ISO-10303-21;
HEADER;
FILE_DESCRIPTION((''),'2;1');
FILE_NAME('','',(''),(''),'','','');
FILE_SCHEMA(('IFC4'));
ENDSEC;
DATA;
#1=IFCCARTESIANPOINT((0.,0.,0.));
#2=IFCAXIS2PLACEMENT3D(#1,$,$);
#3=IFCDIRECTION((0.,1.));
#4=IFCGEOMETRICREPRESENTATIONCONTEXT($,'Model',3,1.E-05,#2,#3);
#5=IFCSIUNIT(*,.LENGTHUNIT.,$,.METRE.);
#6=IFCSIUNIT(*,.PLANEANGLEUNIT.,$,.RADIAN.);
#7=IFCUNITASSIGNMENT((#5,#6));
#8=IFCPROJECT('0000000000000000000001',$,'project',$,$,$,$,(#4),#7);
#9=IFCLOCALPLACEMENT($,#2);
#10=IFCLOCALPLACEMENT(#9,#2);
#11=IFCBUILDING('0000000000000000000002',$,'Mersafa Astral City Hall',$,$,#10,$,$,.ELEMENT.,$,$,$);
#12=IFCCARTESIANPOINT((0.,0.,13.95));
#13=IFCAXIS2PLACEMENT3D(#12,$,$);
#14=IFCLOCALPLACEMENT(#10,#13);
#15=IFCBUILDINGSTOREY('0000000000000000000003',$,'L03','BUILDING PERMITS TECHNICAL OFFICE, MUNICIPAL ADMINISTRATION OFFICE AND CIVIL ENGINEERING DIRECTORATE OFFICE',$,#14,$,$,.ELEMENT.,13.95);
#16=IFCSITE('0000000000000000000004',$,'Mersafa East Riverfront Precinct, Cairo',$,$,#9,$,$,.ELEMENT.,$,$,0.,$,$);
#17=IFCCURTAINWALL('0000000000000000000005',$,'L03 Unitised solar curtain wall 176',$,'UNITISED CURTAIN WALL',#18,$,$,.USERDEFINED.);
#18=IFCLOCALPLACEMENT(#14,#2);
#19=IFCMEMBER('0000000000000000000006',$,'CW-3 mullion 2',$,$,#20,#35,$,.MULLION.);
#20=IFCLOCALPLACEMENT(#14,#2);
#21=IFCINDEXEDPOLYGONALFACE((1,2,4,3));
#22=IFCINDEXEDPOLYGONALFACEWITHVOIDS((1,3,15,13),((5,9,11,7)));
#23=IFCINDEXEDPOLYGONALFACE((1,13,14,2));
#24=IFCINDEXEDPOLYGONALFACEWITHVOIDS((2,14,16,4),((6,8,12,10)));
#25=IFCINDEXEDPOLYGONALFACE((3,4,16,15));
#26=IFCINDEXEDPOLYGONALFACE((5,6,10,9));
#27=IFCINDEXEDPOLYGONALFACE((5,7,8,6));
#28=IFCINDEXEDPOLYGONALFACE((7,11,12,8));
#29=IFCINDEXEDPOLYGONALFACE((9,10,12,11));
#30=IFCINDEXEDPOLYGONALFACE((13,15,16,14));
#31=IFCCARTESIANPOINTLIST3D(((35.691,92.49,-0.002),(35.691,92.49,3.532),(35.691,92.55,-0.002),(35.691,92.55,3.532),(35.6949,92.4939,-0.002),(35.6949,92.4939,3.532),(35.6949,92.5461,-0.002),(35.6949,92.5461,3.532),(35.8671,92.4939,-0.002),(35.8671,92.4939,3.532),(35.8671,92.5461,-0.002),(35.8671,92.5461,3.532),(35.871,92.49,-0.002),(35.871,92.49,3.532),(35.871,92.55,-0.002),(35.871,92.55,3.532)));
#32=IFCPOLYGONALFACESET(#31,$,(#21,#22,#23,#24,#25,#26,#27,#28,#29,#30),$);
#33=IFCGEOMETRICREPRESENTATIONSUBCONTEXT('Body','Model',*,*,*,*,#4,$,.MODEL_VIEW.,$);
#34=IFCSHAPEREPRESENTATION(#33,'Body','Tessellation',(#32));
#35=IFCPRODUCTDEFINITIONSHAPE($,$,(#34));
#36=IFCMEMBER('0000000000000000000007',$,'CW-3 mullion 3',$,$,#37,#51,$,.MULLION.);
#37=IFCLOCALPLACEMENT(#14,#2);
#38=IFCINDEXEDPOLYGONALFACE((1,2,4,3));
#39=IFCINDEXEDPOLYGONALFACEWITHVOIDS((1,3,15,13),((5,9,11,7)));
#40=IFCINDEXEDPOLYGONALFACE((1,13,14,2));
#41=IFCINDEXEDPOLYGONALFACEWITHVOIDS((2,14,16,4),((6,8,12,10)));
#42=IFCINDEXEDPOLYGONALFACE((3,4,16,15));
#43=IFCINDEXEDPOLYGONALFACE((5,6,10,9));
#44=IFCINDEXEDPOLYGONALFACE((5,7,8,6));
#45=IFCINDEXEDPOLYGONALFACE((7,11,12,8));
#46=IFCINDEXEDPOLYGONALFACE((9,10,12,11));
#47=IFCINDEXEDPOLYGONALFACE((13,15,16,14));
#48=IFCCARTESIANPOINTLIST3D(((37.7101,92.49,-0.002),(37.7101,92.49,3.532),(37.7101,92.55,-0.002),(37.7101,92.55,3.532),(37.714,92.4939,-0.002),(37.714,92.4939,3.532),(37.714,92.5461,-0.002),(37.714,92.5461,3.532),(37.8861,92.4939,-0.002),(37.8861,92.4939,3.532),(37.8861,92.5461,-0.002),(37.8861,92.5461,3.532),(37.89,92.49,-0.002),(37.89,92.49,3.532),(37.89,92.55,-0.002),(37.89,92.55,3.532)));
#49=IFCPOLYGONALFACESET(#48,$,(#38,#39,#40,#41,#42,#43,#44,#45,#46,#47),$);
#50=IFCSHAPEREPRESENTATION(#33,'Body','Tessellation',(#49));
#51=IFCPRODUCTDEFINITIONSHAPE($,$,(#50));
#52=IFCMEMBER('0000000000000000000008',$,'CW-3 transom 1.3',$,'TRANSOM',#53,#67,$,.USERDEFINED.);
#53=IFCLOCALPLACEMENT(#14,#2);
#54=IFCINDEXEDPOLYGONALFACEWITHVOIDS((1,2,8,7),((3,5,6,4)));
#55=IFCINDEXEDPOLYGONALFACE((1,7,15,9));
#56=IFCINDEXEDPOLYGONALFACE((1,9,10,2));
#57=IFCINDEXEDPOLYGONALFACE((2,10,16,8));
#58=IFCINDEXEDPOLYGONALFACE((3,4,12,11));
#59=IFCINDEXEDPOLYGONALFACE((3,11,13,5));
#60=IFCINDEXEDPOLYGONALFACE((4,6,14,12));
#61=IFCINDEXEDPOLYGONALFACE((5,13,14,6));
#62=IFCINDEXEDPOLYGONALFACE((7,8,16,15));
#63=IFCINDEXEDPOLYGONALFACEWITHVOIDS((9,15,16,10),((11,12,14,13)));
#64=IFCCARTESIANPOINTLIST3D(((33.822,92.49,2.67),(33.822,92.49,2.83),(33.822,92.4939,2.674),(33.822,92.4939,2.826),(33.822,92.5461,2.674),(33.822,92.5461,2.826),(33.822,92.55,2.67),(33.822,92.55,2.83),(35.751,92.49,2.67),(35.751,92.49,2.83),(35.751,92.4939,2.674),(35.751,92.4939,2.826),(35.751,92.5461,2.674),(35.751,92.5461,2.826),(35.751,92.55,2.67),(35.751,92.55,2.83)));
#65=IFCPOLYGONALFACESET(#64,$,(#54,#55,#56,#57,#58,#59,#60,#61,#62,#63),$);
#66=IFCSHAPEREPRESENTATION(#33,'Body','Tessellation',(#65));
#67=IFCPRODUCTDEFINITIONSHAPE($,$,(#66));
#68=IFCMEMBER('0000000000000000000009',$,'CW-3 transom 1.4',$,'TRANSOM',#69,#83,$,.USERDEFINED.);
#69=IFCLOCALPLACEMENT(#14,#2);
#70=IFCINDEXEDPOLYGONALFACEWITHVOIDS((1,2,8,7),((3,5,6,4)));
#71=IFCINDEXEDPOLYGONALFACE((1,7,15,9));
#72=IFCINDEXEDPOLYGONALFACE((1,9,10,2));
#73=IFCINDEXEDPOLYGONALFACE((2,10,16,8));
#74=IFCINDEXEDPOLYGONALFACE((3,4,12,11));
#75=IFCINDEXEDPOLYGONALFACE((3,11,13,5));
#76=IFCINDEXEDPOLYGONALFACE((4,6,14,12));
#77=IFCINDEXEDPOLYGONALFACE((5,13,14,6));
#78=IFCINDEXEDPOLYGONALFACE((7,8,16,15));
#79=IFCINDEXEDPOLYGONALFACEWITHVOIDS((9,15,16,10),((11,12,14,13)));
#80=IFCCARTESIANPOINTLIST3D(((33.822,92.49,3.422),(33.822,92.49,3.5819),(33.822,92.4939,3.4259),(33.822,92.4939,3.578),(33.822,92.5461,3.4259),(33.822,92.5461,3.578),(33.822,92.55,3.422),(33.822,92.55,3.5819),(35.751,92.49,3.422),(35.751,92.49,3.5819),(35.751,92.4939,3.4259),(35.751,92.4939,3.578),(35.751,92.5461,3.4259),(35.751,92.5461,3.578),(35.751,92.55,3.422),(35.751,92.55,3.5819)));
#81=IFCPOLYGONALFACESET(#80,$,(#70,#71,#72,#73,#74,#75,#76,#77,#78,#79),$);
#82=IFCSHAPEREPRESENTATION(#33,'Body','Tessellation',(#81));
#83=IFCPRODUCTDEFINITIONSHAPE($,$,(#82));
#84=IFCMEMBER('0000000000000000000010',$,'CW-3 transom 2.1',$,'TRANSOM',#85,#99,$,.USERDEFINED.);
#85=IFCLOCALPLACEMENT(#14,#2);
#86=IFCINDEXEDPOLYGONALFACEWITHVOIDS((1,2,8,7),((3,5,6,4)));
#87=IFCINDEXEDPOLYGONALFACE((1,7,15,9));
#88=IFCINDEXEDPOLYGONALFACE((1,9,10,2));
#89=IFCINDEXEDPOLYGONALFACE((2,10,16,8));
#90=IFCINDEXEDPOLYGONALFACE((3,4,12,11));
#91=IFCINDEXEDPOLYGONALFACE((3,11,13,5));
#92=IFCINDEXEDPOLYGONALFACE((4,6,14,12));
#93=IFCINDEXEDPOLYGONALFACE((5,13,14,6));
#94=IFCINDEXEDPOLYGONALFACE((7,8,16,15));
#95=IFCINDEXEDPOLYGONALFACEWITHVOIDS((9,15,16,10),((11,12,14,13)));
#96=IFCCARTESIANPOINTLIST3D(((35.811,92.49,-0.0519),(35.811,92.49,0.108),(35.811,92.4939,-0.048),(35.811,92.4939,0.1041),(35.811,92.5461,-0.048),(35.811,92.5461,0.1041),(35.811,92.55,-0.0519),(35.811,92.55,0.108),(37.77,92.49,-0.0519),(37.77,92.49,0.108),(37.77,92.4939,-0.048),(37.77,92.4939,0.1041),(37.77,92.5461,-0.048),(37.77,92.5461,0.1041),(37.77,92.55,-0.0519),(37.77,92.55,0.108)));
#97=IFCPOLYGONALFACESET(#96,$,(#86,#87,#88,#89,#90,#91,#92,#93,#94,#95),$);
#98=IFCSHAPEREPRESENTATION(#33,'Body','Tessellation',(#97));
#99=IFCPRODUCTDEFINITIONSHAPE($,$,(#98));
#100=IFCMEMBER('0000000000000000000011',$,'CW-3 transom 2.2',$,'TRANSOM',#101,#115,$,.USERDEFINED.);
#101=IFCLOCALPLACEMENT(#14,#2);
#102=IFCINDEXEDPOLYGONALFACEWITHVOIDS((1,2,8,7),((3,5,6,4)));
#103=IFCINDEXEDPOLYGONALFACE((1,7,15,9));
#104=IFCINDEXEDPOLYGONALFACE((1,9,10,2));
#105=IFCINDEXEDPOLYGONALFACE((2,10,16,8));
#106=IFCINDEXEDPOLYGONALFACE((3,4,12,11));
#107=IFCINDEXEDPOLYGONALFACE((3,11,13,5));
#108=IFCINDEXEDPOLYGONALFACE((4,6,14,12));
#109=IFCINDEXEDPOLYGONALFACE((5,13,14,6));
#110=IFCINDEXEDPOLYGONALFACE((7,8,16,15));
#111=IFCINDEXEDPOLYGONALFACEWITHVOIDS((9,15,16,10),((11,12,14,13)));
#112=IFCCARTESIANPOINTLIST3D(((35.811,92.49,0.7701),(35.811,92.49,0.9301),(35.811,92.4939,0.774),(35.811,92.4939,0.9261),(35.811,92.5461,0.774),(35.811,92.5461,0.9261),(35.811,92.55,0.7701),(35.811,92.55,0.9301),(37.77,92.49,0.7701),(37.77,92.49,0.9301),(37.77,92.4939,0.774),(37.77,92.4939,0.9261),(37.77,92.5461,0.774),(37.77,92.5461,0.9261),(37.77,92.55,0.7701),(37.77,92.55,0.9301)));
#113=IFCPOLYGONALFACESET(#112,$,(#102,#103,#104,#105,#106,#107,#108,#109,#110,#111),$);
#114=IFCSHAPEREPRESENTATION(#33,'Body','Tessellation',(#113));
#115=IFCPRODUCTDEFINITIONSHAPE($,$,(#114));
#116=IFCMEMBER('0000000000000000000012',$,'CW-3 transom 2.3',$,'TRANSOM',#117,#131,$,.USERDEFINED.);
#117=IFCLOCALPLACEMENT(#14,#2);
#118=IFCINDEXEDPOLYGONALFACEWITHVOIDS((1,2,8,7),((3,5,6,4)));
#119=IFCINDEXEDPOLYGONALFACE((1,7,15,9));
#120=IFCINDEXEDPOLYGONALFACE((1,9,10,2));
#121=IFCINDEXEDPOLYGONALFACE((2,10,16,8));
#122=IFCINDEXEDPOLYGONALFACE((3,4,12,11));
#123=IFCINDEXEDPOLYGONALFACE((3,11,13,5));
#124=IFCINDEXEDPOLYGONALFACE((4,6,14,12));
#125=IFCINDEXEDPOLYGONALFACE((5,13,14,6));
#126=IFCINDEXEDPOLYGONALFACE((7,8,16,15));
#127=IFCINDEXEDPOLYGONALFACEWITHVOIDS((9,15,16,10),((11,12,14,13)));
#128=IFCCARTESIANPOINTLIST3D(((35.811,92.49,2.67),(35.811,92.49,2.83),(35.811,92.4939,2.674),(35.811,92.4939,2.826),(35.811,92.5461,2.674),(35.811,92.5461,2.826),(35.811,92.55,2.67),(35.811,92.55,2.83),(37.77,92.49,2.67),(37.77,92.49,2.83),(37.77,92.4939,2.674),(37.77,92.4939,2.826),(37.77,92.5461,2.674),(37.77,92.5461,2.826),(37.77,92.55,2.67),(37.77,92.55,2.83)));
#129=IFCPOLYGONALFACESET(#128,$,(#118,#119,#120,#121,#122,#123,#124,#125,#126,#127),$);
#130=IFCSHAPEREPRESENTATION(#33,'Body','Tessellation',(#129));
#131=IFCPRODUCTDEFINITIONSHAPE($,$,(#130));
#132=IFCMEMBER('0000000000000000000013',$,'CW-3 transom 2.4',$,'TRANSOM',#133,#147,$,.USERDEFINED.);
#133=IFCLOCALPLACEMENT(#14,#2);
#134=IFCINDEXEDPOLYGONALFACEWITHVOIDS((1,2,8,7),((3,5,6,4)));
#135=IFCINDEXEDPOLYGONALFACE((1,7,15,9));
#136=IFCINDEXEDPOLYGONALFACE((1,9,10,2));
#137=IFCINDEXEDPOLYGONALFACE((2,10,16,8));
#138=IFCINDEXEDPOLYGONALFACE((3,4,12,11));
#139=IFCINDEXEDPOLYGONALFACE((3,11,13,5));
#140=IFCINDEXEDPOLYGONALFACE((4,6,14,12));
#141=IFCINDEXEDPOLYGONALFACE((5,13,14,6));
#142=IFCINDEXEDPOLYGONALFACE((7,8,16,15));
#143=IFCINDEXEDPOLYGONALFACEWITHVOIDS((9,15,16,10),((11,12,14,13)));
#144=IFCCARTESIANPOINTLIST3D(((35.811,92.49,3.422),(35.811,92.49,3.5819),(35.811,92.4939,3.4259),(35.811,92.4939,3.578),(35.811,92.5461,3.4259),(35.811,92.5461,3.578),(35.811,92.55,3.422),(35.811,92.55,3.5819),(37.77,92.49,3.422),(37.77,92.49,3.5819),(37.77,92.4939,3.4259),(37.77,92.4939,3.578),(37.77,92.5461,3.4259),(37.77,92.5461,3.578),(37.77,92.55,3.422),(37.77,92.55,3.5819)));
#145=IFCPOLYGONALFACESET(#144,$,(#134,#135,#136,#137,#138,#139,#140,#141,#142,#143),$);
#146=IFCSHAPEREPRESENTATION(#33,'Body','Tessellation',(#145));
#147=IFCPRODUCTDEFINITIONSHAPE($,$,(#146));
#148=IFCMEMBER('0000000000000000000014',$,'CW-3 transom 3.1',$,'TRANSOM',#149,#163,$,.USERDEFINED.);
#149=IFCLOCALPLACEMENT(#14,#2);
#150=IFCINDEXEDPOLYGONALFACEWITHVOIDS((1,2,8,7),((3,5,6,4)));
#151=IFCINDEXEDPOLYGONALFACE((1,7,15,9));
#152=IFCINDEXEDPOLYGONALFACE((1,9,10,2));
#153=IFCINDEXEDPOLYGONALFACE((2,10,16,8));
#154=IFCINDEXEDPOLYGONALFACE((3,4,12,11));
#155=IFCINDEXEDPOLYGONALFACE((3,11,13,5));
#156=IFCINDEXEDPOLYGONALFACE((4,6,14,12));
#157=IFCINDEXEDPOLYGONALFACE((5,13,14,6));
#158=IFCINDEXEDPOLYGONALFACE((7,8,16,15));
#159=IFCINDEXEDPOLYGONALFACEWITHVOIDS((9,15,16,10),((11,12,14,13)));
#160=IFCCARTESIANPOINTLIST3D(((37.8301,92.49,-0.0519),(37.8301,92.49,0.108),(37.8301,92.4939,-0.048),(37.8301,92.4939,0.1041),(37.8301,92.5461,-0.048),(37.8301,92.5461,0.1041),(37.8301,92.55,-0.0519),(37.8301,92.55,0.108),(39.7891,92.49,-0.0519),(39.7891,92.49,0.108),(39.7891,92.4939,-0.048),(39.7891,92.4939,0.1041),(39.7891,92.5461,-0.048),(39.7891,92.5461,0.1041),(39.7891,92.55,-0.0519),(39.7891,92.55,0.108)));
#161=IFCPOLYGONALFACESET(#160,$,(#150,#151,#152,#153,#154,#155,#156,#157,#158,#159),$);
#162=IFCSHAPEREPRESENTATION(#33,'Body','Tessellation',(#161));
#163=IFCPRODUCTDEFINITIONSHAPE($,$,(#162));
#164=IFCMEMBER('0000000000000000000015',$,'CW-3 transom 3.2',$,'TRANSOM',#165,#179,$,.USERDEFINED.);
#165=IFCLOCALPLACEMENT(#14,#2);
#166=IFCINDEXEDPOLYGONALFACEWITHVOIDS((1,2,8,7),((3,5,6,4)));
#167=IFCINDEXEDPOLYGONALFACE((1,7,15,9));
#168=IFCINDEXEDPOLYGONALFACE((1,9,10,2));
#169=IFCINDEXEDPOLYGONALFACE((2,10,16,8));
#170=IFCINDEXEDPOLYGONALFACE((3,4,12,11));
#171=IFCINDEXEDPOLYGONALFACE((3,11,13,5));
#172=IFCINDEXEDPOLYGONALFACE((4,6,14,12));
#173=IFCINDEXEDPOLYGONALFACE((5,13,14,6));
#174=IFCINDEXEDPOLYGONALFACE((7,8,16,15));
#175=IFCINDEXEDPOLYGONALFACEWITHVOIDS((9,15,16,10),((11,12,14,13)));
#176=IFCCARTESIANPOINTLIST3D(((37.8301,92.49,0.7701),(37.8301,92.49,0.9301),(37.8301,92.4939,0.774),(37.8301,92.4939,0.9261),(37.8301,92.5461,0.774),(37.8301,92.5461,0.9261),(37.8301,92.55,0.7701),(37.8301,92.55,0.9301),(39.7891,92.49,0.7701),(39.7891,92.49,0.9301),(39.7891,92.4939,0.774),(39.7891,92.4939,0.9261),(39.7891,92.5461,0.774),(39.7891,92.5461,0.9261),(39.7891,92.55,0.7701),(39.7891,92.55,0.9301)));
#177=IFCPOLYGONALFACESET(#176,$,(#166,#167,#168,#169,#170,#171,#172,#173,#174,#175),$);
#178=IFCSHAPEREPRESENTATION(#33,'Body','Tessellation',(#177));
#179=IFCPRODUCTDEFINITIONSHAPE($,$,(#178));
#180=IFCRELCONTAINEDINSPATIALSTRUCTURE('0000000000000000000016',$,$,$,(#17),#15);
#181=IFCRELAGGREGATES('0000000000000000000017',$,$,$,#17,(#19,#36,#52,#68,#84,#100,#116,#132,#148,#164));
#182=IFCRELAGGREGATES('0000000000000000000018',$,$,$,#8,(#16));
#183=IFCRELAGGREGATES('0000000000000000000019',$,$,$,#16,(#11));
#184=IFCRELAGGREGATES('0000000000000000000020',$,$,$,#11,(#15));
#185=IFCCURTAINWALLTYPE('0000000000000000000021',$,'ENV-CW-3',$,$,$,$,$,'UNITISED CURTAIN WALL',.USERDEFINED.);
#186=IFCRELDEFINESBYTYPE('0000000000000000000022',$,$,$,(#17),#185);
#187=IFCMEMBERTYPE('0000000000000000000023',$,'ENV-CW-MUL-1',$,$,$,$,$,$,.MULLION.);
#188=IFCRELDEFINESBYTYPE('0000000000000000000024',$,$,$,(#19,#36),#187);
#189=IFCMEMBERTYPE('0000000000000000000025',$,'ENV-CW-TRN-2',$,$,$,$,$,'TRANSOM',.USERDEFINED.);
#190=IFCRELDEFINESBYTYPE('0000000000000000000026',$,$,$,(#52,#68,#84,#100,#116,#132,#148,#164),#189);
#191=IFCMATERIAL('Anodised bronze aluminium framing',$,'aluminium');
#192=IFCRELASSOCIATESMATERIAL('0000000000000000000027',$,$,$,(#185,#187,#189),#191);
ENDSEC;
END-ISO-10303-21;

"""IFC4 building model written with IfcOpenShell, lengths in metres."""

from ifc_helpers import new_model, si_unit, direction, frame, origin, origin_2d, place, context, subcontext, project, spatial, hollow_rectangle, extrude, material, material_profile, profile_set, type_object, element, aggregate, save


model = new_model("IFC4")

# Units and contexts
model_context = context("Model", 3, precision=1e-05, world=origin(), true_north=direction((0.0, 1.0)))
body_context = subcontext(model_context, "Body", "Model", "MODEL_VIEW")
ifc_project = project(units=[si_unit("LENGTHUNIT", "METRE"), si_unit("PLANEANGLEUNIT", "RADIAN")], contexts=[model_context])

# Site, building, storey
site_placement = place(None, origin())
site = spatial("IfcSite", under=ifc_project, at=site_placement, Name="Mersafa East Riverfront Precinct, Cairo", CompositionType="ELEMENT", RefElevation=0.0)
building_placement = place(site_placement, origin())
building = spatial("IfcBuilding", under=site, at=building_placement, Name="Mersafa Astral City Hall", CompositionType="ELEMENT")
storey_placement = place(building_placement, frame((0.0, 0.0, 13.95)))
storey = spatial("IfcBuildingStorey", under=building, at=storey_placement, Name="L03", Description="BUILDING PERMITS TECHNICAL OFFICE, MUNICIPAL ADMINISTRATION OFFICE AND CIVIL ENGINEERING DIRECTORATE OFFICE", CompositionType="ELEMENT", Elevation=13.95)

# Curtain wall, members
ifc_material_1 = material(Name="Anodised bronze aluminium framing", Category="aluminium")
curtain_wall_type = type_object("IfcCurtainWallType", Name="ENV-CW-3", ElementType="UNITISED CURTAIN WALL", PredefinedType="USERDEFINED", material=ifc_material_1)
curtain_wall_placement = place(storey_placement, origin())
curtain_wall = element("IfcCurtainWall", 1, at=curtain_wall_placement, inside=storey, type_object=curtain_wall_type, Name="L03 Unitised solar curtain wall 176", ObjectType="UNITISED CURTAIN WALL", PredefinedType="USERDEFINED")
ifc_material_profile_1 = material_profile(ifc_material_1, hollow_rectangle(XDim=0.0601, YDim=0.1799, WallThickness=0.0039, at=origin_2d()), Name="RHS 60x180x4")
ifc_profile_set_1 = profile_set([ifc_material_profile_1], Name="Anodised bronze aluminium framing")
member_type_1 = type_object("IfcMemberType", Name="ENV-CW-MUL-1", PredefinedType="MULLION", material=ifc_profile_set_1)
member_1_placement = place(storey_placement, frame((35.781, 92.52, -0.002), z_axis=(0.0, 0.0, 1.0), x_axis=(0.0, 1.0, 0.0)))
member_1 = element("IfcMember", 2, at=member_1_placement, type_object=member_type_1, Name="CW-3 mullion 2", PredefinedType="MULLION", context=body_context, shape_type="SweptSolid", body=[
    extrude(hollow_rectangle(XDim=0.0601, YDim=0.1799, WallThickness=0.0039, at=origin_2d()), origin(), (0.0, 0.0, 1.0), 3.5339),
])
member_2_placement = place(storey_placement, frame((37.8, 92.52, -0.002), z_axis=(0.0, 0.0, 1.0), x_axis=(0.0, 1.0, 0.0)))
member_2 = element("IfcMember", 3, at=member_2_placement, type_object=member_type_1, Name="CW-3 mullion 3", PredefinedType="MULLION", context=body_context, shape_type="SweptSolid", body=[
    extrude(hollow_rectangle(XDim=0.0601, YDim=0.1799, WallThickness=0.0039, at=origin_2d()), origin(), (0.0, 0.0, 1.0), 3.5339),
])
ifc_material_profile_2 = material_profile(ifc_material_1, hollow_rectangle(XDim=0.0601, YDim=0.1599, WallThickness=0.0039, at=origin_2d()), Name="RHS 60x160x4")
ifc_profile_set_2 = profile_set([ifc_material_profile_2], Name="Anodised bronze aluminium framing")
member_type_2 = type_object("IfcMemberType", Name="ENV-CW-TRN-2", ElementType="TRANSOM", PredefinedType="USERDEFINED", material=ifc_profile_set_2)
member_3_placement = place(storey_placement, frame((33.822, 92.52, 2.75), z_axis=(1.0, 0.0, 0.0), x_axis=(0.0, 1.0, 0.0)))
member_3 = element("IfcMember", 4, at=member_3_placement, type_object=member_type_2, Name="CW-3 transom 1.3", ObjectType="TRANSOM", PredefinedType="USERDEFINED", context=body_context, shape_type="SweptSolid", body=[
    extrude(hollow_rectangle(XDim=0.0601, YDim=0.1599, WallThickness=0.0039, at=origin_2d()), origin(), (0.0, 0.0, 1.0), 1.929),
])
member_4_placement = place(storey_placement, frame((33.822, 92.52, 3.502), z_axis=(1.0, 0.0, 0.0), x_axis=(0.0, 1.0, 0.0)))
member_4 = element("IfcMember", 5, at=member_4_placement, type_object=member_type_2, Name="CW-3 transom 1.4", ObjectType="TRANSOM", PredefinedType="USERDEFINED", context=body_context, shape_type="SweptSolid", body=[
    extrude(hollow_rectangle(XDim=0.0601, YDim=0.1599, WallThickness=0.0039, at=origin_2d()), origin(), (0.0, 0.0, 1.0), 1.929),
])
member_5_placement = place(storey_placement, frame((35.811, 92.52, 0.0281), z_axis=(1.0, 0.0, 0.0), x_axis=(0.0, 1.0, 0.0)))
member_5 = element("IfcMember", 6, at=member_5_placement, type_object=member_type_2, Name="CW-3 transom 2.1", ObjectType="TRANSOM", PredefinedType="USERDEFINED", context=body_context, shape_type="SweptSolid", body=[
    extrude(hollow_rectangle(XDim=0.0601, YDim=0.1599, WallThickness=0.0039, at=origin_2d()), origin(), (0.0, 0.0, 1.0), 1.959),
])
member_6_placement = place(storey_placement, frame((35.811, 92.52, 0.8501), z_axis=(1.0, 0.0, 0.0), x_axis=(0.0, 1.0, 0.0)))
member_6 = element("IfcMember", 7, at=member_6_placement, type_object=member_type_2, Name="CW-3 transom 2.2", ObjectType="TRANSOM", PredefinedType="USERDEFINED", context=body_context, shape_type="SweptSolid", body=[
    extrude(hollow_rectangle(XDim=0.0601, YDim=0.1599, WallThickness=0.0039, at=origin_2d()), origin(), (0.0, 0.0, 1.0), 1.959),
])
member_7_placement = place(storey_placement, frame((35.811, 92.52, 2.75), z_axis=(1.0, 0.0, 0.0), x_axis=(0.0, 1.0, 0.0)))
member_7 = element("IfcMember", 8, at=member_7_placement, type_object=member_type_2, Name="CW-3 transom 2.3", ObjectType="TRANSOM", PredefinedType="USERDEFINED", context=body_context, shape_type="SweptSolid", body=[
    extrude(hollow_rectangle(XDim=0.0601, YDim=0.1599, WallThickness=0.0039, at=origin_2d()), origin(), (0.0, 0.0, 1.0), 1.959),
])
member_8_placement = place(storey_placement, frame((35.811, 92.52, 3.502), z_axis=(1.0, 0.0, 0.0), x_axis=(0.0, 1.0, 0.0)))
member_8 = element("IfcMember", 9, at=member_8_placement, type_object=member_type_2, Name="CW-3 transom 2.4", ObjectType="TRANSOM", PredefinedType="USERDEFINED", context=body_context, shape_type="SweptSolid", body=[
    extrude(hollow_rectangle(XDim=0.0601, YDim=0.1599, WallThickness=0.0039, at=origin_2d()), origin(), (0.0, 0.0, 1.0), 1.959),
])
member_9_placement = place(storey_placement, frame((37.8301, 92.52, 0.0281), z_axis=(1.0, 0.0, 0.0), x_axis=(0.0, 1.0, 0.0)))
member_9 = element("IfcMember", 10, at=member_9_placement, type_object=member_type_2, Name="CW-3 transom 3.1", ObjectType="TRANSOM", PredefinedType="USERDEFINED", context=body_context, shape_type="SweptSolid", body=[
    extrude(hollow_rectangle(XDim=0.0601, YDim=0.1599, WallThickness=0.0039, at=origin_2d()), origin(), (0.0, 0.0, 1.0), 1.959),
])
member_10_placement = place(storey_placement, frame((37.8301, 92.52, 0.8501), z_axis=(1.0, 0.0, 0.0), x_axis=(0.0, 1.0, 0.0)))
member_10 = element("IfcMember", 11, at=member_10_placement, type_object=member_type_2, Name="CW-3 transom 3.2", ObjectType="TRANSOM", PredefinedType="USERDEFINED", context=body_context, shape_type="SweptSolid", body=[
    extrude(hollow_rectangle(XDim=0.0601, YDim=0.1599, WallThickness=0.0039, at=origin_2d()), origin(), (0.0, 0.0, 1.0), 1.959),
])

aggregate(curtain_wall, [member_1, member_2, member_3, member_4, member_5, member_6, member_7, member_8, member_9, member_10])

save(model, "model.ifc")
